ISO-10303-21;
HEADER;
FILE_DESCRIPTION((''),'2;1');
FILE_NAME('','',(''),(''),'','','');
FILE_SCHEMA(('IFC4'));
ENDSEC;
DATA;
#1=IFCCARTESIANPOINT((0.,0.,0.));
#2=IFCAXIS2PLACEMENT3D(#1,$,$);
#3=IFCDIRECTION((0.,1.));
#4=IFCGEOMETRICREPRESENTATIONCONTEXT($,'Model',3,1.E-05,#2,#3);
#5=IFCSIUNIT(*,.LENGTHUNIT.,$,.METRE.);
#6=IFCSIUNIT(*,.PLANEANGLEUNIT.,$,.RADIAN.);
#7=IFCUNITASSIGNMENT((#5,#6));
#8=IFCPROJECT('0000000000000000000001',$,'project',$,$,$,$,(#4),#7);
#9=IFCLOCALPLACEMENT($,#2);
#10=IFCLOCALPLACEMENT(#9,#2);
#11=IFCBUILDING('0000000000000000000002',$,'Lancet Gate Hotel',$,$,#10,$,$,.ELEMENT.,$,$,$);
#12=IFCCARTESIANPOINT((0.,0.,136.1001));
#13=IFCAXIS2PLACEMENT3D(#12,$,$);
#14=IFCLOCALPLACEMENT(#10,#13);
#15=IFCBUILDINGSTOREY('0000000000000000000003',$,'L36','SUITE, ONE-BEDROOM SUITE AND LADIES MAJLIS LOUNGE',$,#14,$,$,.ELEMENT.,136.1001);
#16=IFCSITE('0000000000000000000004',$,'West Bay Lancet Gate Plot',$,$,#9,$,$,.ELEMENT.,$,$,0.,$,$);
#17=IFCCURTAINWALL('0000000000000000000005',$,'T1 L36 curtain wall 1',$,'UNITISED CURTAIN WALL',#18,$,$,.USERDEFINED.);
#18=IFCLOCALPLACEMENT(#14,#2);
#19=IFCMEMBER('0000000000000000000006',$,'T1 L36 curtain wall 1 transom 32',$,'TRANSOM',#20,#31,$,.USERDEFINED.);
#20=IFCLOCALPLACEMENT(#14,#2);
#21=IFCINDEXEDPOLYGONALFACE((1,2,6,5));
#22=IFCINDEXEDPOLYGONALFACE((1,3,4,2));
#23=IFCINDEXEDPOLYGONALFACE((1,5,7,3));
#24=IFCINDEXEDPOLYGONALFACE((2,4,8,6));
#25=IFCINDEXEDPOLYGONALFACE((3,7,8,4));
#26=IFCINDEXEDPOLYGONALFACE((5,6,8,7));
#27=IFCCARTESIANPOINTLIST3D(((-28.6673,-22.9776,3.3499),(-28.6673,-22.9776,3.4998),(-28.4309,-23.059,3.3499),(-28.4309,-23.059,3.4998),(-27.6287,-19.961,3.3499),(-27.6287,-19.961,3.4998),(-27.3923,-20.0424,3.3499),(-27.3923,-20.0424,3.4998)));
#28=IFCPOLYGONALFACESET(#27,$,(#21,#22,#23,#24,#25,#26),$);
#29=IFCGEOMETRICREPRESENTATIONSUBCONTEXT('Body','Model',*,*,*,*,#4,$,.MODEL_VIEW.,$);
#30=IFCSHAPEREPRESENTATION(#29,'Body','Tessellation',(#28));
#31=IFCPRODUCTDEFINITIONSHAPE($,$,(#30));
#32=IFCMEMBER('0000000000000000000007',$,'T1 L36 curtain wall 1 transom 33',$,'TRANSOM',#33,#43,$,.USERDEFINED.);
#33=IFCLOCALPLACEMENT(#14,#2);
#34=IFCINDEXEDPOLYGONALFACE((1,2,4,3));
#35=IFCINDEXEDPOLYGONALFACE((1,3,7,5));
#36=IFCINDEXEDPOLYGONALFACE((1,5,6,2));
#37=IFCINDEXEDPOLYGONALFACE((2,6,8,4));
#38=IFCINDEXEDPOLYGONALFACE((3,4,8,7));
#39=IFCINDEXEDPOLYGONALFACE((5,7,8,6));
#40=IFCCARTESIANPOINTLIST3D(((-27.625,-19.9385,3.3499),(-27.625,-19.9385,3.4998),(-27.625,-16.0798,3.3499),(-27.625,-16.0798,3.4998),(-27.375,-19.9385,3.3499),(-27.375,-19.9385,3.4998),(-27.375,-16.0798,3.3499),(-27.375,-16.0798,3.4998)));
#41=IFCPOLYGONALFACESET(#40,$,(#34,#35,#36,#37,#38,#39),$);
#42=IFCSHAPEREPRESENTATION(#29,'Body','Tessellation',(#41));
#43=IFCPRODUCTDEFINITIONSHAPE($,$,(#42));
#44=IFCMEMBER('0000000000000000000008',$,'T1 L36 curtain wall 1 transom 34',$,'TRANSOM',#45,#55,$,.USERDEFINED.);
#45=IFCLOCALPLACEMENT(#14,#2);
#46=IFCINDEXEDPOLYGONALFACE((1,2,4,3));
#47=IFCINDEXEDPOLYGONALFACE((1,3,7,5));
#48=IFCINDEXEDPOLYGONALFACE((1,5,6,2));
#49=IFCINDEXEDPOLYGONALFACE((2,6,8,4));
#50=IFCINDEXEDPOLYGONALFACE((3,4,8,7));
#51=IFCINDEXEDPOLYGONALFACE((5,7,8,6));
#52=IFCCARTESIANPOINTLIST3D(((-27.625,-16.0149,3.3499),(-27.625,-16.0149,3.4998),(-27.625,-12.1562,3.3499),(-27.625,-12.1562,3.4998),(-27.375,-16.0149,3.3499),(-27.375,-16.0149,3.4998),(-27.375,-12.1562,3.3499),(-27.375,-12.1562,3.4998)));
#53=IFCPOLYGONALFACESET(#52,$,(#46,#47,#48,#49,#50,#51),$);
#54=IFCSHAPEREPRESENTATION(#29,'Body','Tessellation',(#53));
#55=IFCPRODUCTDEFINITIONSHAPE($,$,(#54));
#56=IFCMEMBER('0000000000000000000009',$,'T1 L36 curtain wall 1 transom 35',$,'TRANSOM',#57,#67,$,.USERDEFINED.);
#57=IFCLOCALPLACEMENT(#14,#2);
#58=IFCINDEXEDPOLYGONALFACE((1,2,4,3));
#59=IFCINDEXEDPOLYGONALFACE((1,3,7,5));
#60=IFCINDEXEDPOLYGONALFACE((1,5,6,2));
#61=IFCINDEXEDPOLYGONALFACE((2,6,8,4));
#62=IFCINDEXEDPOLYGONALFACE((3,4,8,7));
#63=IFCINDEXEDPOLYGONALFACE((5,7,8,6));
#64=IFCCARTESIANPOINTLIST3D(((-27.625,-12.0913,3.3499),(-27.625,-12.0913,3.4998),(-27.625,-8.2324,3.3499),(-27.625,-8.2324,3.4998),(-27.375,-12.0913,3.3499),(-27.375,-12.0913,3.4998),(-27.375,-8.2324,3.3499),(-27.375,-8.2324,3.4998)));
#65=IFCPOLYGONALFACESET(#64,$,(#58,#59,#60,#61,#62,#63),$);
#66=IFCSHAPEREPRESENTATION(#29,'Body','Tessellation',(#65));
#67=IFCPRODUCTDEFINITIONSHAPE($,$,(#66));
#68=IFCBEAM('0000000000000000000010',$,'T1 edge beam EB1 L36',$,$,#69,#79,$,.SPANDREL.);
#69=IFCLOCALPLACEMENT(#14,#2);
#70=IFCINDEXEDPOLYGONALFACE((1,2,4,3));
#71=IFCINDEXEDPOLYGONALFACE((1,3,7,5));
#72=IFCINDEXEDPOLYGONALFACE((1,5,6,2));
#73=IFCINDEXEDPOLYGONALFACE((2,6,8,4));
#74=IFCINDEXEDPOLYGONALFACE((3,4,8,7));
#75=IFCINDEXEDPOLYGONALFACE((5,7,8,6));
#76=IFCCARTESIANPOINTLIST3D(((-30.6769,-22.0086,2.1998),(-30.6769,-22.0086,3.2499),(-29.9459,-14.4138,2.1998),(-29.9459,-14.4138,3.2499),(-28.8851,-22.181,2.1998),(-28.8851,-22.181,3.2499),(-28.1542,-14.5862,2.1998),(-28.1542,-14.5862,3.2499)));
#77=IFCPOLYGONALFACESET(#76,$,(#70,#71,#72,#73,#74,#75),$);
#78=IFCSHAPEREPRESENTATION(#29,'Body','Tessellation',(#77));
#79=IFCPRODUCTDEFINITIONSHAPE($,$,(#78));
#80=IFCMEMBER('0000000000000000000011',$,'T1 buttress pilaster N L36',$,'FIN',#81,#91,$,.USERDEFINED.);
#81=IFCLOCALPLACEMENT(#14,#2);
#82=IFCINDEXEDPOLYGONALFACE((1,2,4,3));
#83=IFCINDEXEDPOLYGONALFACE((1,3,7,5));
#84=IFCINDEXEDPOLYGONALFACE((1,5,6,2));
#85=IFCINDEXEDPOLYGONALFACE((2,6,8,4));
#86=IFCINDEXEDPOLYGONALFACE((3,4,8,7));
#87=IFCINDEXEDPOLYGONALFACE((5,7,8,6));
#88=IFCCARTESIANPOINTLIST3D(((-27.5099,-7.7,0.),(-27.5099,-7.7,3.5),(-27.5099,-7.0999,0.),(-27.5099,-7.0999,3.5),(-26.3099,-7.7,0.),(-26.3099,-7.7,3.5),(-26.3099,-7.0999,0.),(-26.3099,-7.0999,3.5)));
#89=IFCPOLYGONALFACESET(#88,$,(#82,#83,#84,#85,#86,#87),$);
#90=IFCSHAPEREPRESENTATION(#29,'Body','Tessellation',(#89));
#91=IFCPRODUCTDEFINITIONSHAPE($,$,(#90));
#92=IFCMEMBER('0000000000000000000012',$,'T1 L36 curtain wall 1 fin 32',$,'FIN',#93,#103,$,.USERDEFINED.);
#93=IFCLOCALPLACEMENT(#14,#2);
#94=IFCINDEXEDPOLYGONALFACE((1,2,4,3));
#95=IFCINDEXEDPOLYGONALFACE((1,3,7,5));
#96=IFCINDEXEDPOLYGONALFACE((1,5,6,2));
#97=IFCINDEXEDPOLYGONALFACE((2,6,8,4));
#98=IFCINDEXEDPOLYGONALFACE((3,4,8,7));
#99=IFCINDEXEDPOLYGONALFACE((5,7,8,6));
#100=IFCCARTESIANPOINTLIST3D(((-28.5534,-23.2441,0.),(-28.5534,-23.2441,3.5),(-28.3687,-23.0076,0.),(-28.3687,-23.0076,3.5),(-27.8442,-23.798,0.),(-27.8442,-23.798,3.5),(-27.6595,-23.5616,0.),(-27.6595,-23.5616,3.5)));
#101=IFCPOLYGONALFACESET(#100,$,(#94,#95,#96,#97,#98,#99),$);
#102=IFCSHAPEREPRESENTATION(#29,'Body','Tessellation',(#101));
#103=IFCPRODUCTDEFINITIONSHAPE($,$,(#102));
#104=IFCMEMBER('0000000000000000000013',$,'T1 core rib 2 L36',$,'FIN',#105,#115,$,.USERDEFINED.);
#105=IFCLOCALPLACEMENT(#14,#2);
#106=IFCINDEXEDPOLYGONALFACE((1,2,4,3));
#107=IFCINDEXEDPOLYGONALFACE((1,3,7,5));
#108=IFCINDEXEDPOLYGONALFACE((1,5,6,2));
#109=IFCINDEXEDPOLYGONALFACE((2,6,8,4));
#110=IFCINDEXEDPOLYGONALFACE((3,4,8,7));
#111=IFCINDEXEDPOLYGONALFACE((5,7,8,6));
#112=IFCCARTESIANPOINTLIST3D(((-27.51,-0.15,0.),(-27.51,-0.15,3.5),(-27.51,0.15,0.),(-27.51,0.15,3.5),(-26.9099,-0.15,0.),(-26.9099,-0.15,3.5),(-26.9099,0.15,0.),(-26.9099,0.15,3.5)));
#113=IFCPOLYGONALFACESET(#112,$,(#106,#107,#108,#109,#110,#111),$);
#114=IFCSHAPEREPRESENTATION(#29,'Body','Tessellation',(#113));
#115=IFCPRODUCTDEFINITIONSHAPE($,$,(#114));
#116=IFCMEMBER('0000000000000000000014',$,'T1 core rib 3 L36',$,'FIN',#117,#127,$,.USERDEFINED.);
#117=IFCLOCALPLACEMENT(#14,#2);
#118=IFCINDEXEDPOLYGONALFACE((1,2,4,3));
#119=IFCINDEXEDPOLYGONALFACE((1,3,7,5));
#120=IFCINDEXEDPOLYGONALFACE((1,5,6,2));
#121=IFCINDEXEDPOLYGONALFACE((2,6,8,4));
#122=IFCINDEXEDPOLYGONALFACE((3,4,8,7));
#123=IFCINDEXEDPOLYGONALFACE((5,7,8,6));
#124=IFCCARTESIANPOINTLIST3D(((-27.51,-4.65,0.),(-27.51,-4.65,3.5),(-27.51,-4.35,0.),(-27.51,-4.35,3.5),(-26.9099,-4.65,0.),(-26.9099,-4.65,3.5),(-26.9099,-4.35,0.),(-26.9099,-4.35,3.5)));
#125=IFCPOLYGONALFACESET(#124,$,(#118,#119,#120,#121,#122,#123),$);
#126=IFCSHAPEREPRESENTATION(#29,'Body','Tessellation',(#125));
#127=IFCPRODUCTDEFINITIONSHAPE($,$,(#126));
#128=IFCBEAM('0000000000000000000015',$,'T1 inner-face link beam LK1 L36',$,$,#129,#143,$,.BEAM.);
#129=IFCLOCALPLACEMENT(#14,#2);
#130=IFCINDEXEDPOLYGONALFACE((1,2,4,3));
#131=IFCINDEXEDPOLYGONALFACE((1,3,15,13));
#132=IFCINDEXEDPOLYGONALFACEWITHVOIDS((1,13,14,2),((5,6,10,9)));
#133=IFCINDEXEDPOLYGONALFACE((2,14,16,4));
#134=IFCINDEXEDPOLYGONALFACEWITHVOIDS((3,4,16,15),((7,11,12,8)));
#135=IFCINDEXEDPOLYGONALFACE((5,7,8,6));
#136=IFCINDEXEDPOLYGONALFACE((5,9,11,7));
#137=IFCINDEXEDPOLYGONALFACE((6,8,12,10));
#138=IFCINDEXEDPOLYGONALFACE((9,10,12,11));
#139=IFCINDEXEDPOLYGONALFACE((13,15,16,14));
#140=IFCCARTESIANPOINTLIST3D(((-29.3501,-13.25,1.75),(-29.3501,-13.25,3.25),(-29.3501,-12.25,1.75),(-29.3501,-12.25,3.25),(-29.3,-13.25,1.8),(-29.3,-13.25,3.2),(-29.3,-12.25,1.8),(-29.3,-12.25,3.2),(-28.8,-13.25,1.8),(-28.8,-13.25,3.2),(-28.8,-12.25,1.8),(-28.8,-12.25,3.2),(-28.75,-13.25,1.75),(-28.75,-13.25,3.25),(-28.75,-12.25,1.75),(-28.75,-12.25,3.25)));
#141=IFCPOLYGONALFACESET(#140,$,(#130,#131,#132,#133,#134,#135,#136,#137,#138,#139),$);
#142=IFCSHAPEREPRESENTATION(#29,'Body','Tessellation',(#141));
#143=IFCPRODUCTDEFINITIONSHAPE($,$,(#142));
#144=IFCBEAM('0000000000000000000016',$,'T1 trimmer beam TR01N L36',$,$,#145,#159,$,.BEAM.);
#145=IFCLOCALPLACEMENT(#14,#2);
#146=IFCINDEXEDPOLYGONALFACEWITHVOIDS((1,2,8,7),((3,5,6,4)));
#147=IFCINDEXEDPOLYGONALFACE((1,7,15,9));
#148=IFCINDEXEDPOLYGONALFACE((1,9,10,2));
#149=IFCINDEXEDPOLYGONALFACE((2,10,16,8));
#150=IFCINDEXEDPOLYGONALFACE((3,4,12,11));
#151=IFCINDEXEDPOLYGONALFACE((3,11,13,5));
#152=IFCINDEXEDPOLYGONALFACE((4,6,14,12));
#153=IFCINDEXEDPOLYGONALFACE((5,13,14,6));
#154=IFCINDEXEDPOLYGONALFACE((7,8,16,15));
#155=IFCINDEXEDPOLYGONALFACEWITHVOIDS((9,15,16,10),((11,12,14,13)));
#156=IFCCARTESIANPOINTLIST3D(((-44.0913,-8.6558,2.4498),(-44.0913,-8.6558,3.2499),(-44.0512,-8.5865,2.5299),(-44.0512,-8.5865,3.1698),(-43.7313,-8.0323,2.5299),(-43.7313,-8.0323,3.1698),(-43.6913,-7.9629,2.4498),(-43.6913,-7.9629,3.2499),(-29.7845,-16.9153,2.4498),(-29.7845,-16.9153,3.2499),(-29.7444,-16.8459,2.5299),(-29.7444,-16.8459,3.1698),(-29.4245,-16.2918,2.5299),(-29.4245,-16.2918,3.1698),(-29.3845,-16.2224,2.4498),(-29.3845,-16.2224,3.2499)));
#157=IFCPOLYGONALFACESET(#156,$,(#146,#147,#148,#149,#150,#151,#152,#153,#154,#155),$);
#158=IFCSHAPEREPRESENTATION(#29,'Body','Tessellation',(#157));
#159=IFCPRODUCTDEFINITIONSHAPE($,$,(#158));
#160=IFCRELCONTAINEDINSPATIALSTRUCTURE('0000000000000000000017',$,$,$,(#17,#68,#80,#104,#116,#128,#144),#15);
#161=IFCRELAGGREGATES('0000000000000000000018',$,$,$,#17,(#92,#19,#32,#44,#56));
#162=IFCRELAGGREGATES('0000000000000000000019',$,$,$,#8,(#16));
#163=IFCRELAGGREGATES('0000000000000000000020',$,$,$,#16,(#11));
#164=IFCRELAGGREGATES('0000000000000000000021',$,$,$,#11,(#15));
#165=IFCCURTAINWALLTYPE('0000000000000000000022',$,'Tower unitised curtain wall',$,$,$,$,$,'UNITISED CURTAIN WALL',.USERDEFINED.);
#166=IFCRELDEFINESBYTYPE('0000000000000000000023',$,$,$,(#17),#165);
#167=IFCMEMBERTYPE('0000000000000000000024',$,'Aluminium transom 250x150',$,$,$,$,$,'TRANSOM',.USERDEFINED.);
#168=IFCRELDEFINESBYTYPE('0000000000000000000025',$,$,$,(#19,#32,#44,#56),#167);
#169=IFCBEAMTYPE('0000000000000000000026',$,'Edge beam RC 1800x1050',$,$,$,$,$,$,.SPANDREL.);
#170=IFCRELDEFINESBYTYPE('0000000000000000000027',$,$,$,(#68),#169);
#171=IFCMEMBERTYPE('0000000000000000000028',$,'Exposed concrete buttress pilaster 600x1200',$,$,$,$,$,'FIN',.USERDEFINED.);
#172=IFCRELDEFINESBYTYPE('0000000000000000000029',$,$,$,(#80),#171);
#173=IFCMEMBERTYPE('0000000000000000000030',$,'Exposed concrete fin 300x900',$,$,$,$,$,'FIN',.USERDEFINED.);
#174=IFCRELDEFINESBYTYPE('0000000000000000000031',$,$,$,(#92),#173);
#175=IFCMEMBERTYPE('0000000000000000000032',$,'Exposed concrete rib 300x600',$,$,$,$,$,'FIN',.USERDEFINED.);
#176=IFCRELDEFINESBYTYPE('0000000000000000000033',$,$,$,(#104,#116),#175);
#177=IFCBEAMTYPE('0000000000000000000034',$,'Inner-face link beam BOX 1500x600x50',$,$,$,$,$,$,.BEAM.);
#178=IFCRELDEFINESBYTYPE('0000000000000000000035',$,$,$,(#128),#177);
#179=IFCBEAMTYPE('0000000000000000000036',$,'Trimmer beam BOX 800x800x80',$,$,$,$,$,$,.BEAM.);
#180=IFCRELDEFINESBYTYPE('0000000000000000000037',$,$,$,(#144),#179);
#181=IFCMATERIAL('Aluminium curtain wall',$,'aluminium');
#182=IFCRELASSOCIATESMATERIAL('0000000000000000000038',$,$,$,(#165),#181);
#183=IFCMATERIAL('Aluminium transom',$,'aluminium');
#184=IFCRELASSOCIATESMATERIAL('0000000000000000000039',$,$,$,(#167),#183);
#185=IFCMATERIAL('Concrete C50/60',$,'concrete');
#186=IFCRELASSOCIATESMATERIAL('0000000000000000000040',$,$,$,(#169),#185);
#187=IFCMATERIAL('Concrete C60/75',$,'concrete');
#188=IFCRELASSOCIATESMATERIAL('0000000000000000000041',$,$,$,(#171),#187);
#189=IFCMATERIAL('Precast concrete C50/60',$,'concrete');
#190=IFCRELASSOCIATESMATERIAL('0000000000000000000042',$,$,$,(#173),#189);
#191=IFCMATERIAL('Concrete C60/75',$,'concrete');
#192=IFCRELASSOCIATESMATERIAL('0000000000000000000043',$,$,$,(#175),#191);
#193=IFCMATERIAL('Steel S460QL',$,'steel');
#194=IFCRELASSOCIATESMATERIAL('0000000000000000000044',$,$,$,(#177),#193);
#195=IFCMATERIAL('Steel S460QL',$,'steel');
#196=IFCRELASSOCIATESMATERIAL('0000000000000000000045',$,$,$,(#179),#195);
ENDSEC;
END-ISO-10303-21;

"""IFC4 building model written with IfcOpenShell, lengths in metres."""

from ifc_helpers import new_model, si_unit, direction, frame, origin, origin_2d, place, context, subcontext, project, spatial, rectangle, hollow_rectangle, extrude, material, material_profile, profile_set, type_object, element, aggregate, save


model = new_model("IFC4")

# Units and contexts
model_context = context("Model", 3, precision=1e-05, world=origin(), true_north=direction((0.0, 1.0)))
body_context = subcontext(model_context, "Body", "Model", "MODEL_VIEW")
ifc_project = project(units=[si_unit("LENGTHUNIT", "METRE"), si_unit("PLANEANGLEUNIT", "RADIAN")], contexts=[model_context])

# Site, building, storey
site_placement = place(None, origin())
site = spatial("IfcSite", under=ifc_project, at=site_placement, Name="West Bay Lancet Gate Plot", CompositionType="ELEMENT", RefElevation=0.0)
building_placement = place(site_placement, origin())
building = spatial("IfcBuilding", under=site, at=building_placement, Name="Lancet Gate Hotel", CompositionType="ELEMENT")
storey_placement = place(building_placement, frame((0.0, 0.0, 136.1001)))
storey = spatial("IfcBuildingStorey", under=building, at=storey_placement, Name="L36", Description="SUITE, ONE-BEDROOM SUITE AND LADIES MAJLIS LOUNGE", CompositionType="ELEMENT", Elevation=136.1001)

# Curtain wall, members
ifc_material_1 = material(Name="Aluminium curtain wall", Category="aluminium")
curtain_wall_type = type_object("IfcCurtainWallType", Name="Tower unitised curtain wall", ElementType="UNITISED CURTAIN WALL", PredefinedType="USERDEFINED", material=ifc_material_1)
curtain_wall_placement = place(storey_placement, origin())
curtain_wall = element("IfcCurtainWall", 1, at=curtain_wall_placement, inside=storey, type_object=curtain_wall_type, Name="T1 L36 curtain wall 1", ObjectType="UNITISED CURTAIN WALL", PredefinedType="USERDEFINED")
ifc_material_2 = material(Name="Aluminium transom", Category="aluminium")
ifc_material_profile_1 = material_profile(ifc_material_2, rectangle(XDim=0.25, YDim=0.1499, at=origin_2d()), Name="TRANSOM 250x150")
ifc_profile_set_1 = profile_set([ifc_material_profile_1], Name="Aluminium transom")
member_type_1 = type_object("IfcMemberType", Name="Aluminium transom 250x150", ElementType="TRANSOM", PredefinedType="USERDEFINED", material=ifc_profile_set_1)
member_1_placement = place(storey_placement, frame((-28.5491, -23.0183, 3.4248), z_axis=(0.325533, 0.945531, 0.0), x_axis=(-0.945531, 0.325533, 0.0)))
member_1 = element("IfcMember", 2, at=member_1_placement, type_object=member_type_1, Name="T1 L36 curtain wall 1 transom 32", ObjectType="TRANSOM", PredefinedType="USERDEFINED", context=body_context, shape_type="SweptSolid", body=[
    extrude(rectangle(XDim=0.25, YDim=0.1499, at=origin_2d()), origin(), (0.0, 0.0, 1.0), 3.1904),
])
member_2_placement = place(storey_placement, frame((-27.5, -19.9385, 3.4248), z_axis=(0.0, 1.0, 0.0), x_axis=(-1.0, 0.0, 0.0)))
member_2 = element("IfcMember", 3, at=member_2_placement, type_object=member_type_1, Name="T1 L36 curtain wall 1 transom 33", ObjectType="TRANSOM", PredefinedType="USERDEFINED", context=body_context, shape_type="SweptSolid", body=[
    extrude(rectangle(XDim=0.25, YDim=0.1499, at=origin_2d()), origin(), (0.0, 0.0, 1.0), 3.8586),
])
member_3_placement = place(storey_placement, frame((-27.5, -16.0149, 3.4248), z_axis=(0.0, 1.0, 0.0), x_axis=(-1.0, 0.0, 0.0)))
member_3 = element("IfcMember", 4, at=member_3_placement, type_object=member_type_1, Name="T1 L36 curtain wall 1 transom 34", ObjectType="TRANSOM", PredefinedType="USERDEFINED", context=body_context, shape_type="SweptSolid", body=[
    extrude(rectangle(XDim=0.25, YDim=0.1499, at=origin_2d()), origin(), (0.0, 0.0, 1.0), 3.8586),
])
member_4_placement = place(storey_placement, frame((-27.5, -12.0913, 3.4248), z_axis=(0.0, 1.0, 0.0), x_axis=(-1.0, 0.0, 0.0)))
member_4 = element("IfcMember", 5, at=member_4_placement, type_object=member_type_1, Name="T1 L36 curtain wall 1 transom 35", ObjectType="TRANSOM", PredefinedType="USERDEFINED", context=body_context, shape_type="SweptSolid", body=[
    extrude(rectangle(XDim=0.25, YDim=0.1499, at=origin_2d()), origin(), (0.0, 0.0, 1.0), 3.8589),
])

# Beam
ifc_material_3 = material(Name="Concrete C50/60", Category="concrete")
ifc_material_profile_2 = material_profile(ifc_material_3, rectangle(XDim=1.8, YDim=1.05, at=origin_2d()), Name="RC 1800x1050")
ifc_profile_set_2 = profile_set([ifc_material_profile_2], Name="Concrete C50/60")
beam_type_1 = type_object("IfcBeamType", Name="Edge beam RC 1800x1050", PredefinedType="SPANDREL", material=ifc_profile_set_2)
beam_1_placement = place(storey_placement, frame((-29.05, -14.5, 2.7249), z_axis=(-0.095803, -0.9954, 0.0), x_axis=(0.9954, -0.095803, 0.0)))
element("IfcBeam", 6, at=beam_1_placement, inside=storey, type_object=beam_type_1, Name="T1 edge beam EB1 L36", PredefinedType="SPANDREL", context=body_context, shape_type="SweptSolid", body=[
    extrude(rectangle(XDim=1.8, YDim=1.05, at=origin_2d()), origin(), (0.0, 0.0, 1.0), 7.6299),
])

# Members
ifc_material_4 = material(Name="Concrete C60/75", Category="concrete")
ifc_material_profile_3 = material_profile(ifc_material_4, rectangle(XDim=0.6001, YDim=1.2, at=origin_2d()), Name="FIN 600x1200")
ifc_profile_set_3 = profile_set([ifc_material_profile_3], Name="Concrete C60/75")
member_type_2 = type_object("IfcMemberType", Name="Exposed concrete buttress pilaster 600x1200", ElementType="FIN", PredefinedType="USERDEFINED", material=ifc_profile_set_3)
member_5_placement = place(storey_placement, frame((-26.9099, -7.3999, 0.0), z_axis=(0.0, 0.0, 1.0), x_axis=(0.0, 1.0, 0.0)))
element("IfcMember", 7, at=member_5_placement, inside=storey, type_object=member_type_2, Name="T1 buttress pilaster N L36", ObjectType="FIN", PredefinedType="USERDEFINED", context=body_context, shape_type="SweptSolid", body=[
    extrude(rectangle(XDim=0.6001, YDim=1.2, at=origin_2d()), origin(), (0.0, 0.0, 1.0), 3.5),
])
ifc_material_5 = material(Name="Precast concrete C50/60", Category="concrete")
ifc_material_profile_4 = material_profile(ifc_material_5, rectangle(XDim=0.3, YDim=0.8999, at=origin_2d()), Name="FIN 300x900")
ifc_profile_set_4 = profile_set([ifc_material_profile_4], Name="Precast concrete C50/60")
member_type_3 = type_object("IfcMemberType", Name="Exposed concrete fin 300x900", ElementType="FIN", PredefinedType="USERDEFINED", material=ifc_profile_set_4)
member_6_placement = place(storey_placement, frame((-28.1064, -23.4028, 0.0), z_axis=(0.0, 0.0, 1.0), x_axis=(0.615574, 0.788079, 0.0)))
member_6 = element("IfcMember", 8, at=member_6_placement, type_object=member_type_3, Name="T1 L36 curtain wall 1 fin 32", ObjectType="FIN", PredefinedType="USERDEFINED", context=body_context, shape_type="SweptSolid", body=[
    extrude(rectangle(XDim=0.3, YDim=0.8999, at=origin_2d()), origin(), (0.0, 0.0, 1.0), 3.5),
])

# Members
ifc_material_6 = material(Name="Concrete C60/75", Category="concrete")
ifc_material_profile_5 = material_profile(ifc_material_6, rectangle(XDim=0.3, YDim=0.6001, at=origin_2d()), Name="FIN 300x600")
ifc_profile_set_5 = profile_set([ifc_material_profile_5], Name="Concrete C60/75")
member_type_4 = type_object("IfcMemberType", Name="Exposed concrete rib 300x600", ElementType="FIN", PredefinedType="USERDEFINED", material=ifc_profile_set_5)
for number, where, z_axis, x_axis, name in (
    (9, (-27.21, 0.0, 0.0), (0.0, 0.0, 1.0), (0.0, 1.0, 0.0), "T1 core rib 2 L36"),
    (10, (-27.21, -4.5, 0.0), (0.0, 0.0, 1.0), (0.0, 1.0, 0.0), "T1 core rib 3 L36"),
):
    element("IfcMember", number, at=place(storey_placement, frame(where, z_axis=z_axis, x_axis=x_axis)), inside=storey, type_object=member_type_4, Name=name, ObjectType="FIN", PredefinedType="USERDEFINED", context=body_context, shape_type="SweptSolid", body=[
        extrude(rectangle(XDim=0.3, YDim=0.6001, at=origin_2d()), origin(), (0.0, 0.0, 1.0), 3.5),
    ])

# Beams
ifc_material_7 = material(Name="Steel S460QL", Category="steel")
ifc_material_profile_6 = material_profile(ifc_material_7, hollow_rectangle(XDim=0.6001, YDim=1.5, WallThickness=0.05, at=origin_2d()), Name="BOX 1500x600x50")
ifc_profile_set_6 = profile_set([ifc_material_profile_6], Name="Steel S460QL")
beam_type_2 = type_object("IfcBeamType", Name="Inner-face link beam BOX 1500x600x50", PredefinedType="BEAM", material=ifc_profile_set_6)
beam_2_placement = place(storey_placement, frame((-29.05, -12.25, 2.5), z_axis=(0.0, -1.0, 0.0), x_axis=(1.0, 0.0, 0.0)))
element("IfcBeam", 11, at=beam_2_placement, inside=storey, type_object=beam_type_2, Name="T1 inner-face link beam LK1 L36", PredefinedType="BEAM", context=body_context, shape_type="SweptSolid", body=[
    extrude(hollow_rectangle(XDim=0.6001, YDim=1.5, WallThickness=0.05, at=origin_2d()), origin(), (0.0, 0.0, 1.0), 1.0),
])
ifc_material_8 = material(Name="Steel S460QL", Category="steel")
ifc_material_profile_7 = material_profile(ifc_material_8, hollow_rectangle(XDim=0.8, YDim=0.8, WallThickness=0.0801, at=origin_2d()), Name="BOX 800x800x80")
ifc_profile_set_7 = profile_set([ifc_material_profile_7], Name="Steel S460QL")
beam_type_3 = type_object("IfcBeamType", Name="Trimmer beam BOX 800x800x80", PredefinedType="BEAM", material=ifc_profile_set_7)
beam_3_placement = place(storey_placement, frame((-29.5845, -16.5688, 2.8499), z_axis=(-0.86604, 0.499974, 0.0), x_axis=(-0.499974, -0.86604, 0.0)))
element("IfcBeam", 12, at=beam_3_placement, inside=storey, type_object=beam_type_3, Name="T1 trimmer beam TR01N L36", PredefinedType="BEAM", context=body_context, shape_type="SweptSolid", body=[
    extrude(hollow_rectangle(XDim=0.8, YDim=0.8, WallThickness=0.0801, at=origin_2d()), origin(), (0.0, 0.0, 1.0), 16.5198),
])

aggregate(curtain_wall, [member_6, member_1, member_2, member_3, member_4])

save(model, "model.ifc")
